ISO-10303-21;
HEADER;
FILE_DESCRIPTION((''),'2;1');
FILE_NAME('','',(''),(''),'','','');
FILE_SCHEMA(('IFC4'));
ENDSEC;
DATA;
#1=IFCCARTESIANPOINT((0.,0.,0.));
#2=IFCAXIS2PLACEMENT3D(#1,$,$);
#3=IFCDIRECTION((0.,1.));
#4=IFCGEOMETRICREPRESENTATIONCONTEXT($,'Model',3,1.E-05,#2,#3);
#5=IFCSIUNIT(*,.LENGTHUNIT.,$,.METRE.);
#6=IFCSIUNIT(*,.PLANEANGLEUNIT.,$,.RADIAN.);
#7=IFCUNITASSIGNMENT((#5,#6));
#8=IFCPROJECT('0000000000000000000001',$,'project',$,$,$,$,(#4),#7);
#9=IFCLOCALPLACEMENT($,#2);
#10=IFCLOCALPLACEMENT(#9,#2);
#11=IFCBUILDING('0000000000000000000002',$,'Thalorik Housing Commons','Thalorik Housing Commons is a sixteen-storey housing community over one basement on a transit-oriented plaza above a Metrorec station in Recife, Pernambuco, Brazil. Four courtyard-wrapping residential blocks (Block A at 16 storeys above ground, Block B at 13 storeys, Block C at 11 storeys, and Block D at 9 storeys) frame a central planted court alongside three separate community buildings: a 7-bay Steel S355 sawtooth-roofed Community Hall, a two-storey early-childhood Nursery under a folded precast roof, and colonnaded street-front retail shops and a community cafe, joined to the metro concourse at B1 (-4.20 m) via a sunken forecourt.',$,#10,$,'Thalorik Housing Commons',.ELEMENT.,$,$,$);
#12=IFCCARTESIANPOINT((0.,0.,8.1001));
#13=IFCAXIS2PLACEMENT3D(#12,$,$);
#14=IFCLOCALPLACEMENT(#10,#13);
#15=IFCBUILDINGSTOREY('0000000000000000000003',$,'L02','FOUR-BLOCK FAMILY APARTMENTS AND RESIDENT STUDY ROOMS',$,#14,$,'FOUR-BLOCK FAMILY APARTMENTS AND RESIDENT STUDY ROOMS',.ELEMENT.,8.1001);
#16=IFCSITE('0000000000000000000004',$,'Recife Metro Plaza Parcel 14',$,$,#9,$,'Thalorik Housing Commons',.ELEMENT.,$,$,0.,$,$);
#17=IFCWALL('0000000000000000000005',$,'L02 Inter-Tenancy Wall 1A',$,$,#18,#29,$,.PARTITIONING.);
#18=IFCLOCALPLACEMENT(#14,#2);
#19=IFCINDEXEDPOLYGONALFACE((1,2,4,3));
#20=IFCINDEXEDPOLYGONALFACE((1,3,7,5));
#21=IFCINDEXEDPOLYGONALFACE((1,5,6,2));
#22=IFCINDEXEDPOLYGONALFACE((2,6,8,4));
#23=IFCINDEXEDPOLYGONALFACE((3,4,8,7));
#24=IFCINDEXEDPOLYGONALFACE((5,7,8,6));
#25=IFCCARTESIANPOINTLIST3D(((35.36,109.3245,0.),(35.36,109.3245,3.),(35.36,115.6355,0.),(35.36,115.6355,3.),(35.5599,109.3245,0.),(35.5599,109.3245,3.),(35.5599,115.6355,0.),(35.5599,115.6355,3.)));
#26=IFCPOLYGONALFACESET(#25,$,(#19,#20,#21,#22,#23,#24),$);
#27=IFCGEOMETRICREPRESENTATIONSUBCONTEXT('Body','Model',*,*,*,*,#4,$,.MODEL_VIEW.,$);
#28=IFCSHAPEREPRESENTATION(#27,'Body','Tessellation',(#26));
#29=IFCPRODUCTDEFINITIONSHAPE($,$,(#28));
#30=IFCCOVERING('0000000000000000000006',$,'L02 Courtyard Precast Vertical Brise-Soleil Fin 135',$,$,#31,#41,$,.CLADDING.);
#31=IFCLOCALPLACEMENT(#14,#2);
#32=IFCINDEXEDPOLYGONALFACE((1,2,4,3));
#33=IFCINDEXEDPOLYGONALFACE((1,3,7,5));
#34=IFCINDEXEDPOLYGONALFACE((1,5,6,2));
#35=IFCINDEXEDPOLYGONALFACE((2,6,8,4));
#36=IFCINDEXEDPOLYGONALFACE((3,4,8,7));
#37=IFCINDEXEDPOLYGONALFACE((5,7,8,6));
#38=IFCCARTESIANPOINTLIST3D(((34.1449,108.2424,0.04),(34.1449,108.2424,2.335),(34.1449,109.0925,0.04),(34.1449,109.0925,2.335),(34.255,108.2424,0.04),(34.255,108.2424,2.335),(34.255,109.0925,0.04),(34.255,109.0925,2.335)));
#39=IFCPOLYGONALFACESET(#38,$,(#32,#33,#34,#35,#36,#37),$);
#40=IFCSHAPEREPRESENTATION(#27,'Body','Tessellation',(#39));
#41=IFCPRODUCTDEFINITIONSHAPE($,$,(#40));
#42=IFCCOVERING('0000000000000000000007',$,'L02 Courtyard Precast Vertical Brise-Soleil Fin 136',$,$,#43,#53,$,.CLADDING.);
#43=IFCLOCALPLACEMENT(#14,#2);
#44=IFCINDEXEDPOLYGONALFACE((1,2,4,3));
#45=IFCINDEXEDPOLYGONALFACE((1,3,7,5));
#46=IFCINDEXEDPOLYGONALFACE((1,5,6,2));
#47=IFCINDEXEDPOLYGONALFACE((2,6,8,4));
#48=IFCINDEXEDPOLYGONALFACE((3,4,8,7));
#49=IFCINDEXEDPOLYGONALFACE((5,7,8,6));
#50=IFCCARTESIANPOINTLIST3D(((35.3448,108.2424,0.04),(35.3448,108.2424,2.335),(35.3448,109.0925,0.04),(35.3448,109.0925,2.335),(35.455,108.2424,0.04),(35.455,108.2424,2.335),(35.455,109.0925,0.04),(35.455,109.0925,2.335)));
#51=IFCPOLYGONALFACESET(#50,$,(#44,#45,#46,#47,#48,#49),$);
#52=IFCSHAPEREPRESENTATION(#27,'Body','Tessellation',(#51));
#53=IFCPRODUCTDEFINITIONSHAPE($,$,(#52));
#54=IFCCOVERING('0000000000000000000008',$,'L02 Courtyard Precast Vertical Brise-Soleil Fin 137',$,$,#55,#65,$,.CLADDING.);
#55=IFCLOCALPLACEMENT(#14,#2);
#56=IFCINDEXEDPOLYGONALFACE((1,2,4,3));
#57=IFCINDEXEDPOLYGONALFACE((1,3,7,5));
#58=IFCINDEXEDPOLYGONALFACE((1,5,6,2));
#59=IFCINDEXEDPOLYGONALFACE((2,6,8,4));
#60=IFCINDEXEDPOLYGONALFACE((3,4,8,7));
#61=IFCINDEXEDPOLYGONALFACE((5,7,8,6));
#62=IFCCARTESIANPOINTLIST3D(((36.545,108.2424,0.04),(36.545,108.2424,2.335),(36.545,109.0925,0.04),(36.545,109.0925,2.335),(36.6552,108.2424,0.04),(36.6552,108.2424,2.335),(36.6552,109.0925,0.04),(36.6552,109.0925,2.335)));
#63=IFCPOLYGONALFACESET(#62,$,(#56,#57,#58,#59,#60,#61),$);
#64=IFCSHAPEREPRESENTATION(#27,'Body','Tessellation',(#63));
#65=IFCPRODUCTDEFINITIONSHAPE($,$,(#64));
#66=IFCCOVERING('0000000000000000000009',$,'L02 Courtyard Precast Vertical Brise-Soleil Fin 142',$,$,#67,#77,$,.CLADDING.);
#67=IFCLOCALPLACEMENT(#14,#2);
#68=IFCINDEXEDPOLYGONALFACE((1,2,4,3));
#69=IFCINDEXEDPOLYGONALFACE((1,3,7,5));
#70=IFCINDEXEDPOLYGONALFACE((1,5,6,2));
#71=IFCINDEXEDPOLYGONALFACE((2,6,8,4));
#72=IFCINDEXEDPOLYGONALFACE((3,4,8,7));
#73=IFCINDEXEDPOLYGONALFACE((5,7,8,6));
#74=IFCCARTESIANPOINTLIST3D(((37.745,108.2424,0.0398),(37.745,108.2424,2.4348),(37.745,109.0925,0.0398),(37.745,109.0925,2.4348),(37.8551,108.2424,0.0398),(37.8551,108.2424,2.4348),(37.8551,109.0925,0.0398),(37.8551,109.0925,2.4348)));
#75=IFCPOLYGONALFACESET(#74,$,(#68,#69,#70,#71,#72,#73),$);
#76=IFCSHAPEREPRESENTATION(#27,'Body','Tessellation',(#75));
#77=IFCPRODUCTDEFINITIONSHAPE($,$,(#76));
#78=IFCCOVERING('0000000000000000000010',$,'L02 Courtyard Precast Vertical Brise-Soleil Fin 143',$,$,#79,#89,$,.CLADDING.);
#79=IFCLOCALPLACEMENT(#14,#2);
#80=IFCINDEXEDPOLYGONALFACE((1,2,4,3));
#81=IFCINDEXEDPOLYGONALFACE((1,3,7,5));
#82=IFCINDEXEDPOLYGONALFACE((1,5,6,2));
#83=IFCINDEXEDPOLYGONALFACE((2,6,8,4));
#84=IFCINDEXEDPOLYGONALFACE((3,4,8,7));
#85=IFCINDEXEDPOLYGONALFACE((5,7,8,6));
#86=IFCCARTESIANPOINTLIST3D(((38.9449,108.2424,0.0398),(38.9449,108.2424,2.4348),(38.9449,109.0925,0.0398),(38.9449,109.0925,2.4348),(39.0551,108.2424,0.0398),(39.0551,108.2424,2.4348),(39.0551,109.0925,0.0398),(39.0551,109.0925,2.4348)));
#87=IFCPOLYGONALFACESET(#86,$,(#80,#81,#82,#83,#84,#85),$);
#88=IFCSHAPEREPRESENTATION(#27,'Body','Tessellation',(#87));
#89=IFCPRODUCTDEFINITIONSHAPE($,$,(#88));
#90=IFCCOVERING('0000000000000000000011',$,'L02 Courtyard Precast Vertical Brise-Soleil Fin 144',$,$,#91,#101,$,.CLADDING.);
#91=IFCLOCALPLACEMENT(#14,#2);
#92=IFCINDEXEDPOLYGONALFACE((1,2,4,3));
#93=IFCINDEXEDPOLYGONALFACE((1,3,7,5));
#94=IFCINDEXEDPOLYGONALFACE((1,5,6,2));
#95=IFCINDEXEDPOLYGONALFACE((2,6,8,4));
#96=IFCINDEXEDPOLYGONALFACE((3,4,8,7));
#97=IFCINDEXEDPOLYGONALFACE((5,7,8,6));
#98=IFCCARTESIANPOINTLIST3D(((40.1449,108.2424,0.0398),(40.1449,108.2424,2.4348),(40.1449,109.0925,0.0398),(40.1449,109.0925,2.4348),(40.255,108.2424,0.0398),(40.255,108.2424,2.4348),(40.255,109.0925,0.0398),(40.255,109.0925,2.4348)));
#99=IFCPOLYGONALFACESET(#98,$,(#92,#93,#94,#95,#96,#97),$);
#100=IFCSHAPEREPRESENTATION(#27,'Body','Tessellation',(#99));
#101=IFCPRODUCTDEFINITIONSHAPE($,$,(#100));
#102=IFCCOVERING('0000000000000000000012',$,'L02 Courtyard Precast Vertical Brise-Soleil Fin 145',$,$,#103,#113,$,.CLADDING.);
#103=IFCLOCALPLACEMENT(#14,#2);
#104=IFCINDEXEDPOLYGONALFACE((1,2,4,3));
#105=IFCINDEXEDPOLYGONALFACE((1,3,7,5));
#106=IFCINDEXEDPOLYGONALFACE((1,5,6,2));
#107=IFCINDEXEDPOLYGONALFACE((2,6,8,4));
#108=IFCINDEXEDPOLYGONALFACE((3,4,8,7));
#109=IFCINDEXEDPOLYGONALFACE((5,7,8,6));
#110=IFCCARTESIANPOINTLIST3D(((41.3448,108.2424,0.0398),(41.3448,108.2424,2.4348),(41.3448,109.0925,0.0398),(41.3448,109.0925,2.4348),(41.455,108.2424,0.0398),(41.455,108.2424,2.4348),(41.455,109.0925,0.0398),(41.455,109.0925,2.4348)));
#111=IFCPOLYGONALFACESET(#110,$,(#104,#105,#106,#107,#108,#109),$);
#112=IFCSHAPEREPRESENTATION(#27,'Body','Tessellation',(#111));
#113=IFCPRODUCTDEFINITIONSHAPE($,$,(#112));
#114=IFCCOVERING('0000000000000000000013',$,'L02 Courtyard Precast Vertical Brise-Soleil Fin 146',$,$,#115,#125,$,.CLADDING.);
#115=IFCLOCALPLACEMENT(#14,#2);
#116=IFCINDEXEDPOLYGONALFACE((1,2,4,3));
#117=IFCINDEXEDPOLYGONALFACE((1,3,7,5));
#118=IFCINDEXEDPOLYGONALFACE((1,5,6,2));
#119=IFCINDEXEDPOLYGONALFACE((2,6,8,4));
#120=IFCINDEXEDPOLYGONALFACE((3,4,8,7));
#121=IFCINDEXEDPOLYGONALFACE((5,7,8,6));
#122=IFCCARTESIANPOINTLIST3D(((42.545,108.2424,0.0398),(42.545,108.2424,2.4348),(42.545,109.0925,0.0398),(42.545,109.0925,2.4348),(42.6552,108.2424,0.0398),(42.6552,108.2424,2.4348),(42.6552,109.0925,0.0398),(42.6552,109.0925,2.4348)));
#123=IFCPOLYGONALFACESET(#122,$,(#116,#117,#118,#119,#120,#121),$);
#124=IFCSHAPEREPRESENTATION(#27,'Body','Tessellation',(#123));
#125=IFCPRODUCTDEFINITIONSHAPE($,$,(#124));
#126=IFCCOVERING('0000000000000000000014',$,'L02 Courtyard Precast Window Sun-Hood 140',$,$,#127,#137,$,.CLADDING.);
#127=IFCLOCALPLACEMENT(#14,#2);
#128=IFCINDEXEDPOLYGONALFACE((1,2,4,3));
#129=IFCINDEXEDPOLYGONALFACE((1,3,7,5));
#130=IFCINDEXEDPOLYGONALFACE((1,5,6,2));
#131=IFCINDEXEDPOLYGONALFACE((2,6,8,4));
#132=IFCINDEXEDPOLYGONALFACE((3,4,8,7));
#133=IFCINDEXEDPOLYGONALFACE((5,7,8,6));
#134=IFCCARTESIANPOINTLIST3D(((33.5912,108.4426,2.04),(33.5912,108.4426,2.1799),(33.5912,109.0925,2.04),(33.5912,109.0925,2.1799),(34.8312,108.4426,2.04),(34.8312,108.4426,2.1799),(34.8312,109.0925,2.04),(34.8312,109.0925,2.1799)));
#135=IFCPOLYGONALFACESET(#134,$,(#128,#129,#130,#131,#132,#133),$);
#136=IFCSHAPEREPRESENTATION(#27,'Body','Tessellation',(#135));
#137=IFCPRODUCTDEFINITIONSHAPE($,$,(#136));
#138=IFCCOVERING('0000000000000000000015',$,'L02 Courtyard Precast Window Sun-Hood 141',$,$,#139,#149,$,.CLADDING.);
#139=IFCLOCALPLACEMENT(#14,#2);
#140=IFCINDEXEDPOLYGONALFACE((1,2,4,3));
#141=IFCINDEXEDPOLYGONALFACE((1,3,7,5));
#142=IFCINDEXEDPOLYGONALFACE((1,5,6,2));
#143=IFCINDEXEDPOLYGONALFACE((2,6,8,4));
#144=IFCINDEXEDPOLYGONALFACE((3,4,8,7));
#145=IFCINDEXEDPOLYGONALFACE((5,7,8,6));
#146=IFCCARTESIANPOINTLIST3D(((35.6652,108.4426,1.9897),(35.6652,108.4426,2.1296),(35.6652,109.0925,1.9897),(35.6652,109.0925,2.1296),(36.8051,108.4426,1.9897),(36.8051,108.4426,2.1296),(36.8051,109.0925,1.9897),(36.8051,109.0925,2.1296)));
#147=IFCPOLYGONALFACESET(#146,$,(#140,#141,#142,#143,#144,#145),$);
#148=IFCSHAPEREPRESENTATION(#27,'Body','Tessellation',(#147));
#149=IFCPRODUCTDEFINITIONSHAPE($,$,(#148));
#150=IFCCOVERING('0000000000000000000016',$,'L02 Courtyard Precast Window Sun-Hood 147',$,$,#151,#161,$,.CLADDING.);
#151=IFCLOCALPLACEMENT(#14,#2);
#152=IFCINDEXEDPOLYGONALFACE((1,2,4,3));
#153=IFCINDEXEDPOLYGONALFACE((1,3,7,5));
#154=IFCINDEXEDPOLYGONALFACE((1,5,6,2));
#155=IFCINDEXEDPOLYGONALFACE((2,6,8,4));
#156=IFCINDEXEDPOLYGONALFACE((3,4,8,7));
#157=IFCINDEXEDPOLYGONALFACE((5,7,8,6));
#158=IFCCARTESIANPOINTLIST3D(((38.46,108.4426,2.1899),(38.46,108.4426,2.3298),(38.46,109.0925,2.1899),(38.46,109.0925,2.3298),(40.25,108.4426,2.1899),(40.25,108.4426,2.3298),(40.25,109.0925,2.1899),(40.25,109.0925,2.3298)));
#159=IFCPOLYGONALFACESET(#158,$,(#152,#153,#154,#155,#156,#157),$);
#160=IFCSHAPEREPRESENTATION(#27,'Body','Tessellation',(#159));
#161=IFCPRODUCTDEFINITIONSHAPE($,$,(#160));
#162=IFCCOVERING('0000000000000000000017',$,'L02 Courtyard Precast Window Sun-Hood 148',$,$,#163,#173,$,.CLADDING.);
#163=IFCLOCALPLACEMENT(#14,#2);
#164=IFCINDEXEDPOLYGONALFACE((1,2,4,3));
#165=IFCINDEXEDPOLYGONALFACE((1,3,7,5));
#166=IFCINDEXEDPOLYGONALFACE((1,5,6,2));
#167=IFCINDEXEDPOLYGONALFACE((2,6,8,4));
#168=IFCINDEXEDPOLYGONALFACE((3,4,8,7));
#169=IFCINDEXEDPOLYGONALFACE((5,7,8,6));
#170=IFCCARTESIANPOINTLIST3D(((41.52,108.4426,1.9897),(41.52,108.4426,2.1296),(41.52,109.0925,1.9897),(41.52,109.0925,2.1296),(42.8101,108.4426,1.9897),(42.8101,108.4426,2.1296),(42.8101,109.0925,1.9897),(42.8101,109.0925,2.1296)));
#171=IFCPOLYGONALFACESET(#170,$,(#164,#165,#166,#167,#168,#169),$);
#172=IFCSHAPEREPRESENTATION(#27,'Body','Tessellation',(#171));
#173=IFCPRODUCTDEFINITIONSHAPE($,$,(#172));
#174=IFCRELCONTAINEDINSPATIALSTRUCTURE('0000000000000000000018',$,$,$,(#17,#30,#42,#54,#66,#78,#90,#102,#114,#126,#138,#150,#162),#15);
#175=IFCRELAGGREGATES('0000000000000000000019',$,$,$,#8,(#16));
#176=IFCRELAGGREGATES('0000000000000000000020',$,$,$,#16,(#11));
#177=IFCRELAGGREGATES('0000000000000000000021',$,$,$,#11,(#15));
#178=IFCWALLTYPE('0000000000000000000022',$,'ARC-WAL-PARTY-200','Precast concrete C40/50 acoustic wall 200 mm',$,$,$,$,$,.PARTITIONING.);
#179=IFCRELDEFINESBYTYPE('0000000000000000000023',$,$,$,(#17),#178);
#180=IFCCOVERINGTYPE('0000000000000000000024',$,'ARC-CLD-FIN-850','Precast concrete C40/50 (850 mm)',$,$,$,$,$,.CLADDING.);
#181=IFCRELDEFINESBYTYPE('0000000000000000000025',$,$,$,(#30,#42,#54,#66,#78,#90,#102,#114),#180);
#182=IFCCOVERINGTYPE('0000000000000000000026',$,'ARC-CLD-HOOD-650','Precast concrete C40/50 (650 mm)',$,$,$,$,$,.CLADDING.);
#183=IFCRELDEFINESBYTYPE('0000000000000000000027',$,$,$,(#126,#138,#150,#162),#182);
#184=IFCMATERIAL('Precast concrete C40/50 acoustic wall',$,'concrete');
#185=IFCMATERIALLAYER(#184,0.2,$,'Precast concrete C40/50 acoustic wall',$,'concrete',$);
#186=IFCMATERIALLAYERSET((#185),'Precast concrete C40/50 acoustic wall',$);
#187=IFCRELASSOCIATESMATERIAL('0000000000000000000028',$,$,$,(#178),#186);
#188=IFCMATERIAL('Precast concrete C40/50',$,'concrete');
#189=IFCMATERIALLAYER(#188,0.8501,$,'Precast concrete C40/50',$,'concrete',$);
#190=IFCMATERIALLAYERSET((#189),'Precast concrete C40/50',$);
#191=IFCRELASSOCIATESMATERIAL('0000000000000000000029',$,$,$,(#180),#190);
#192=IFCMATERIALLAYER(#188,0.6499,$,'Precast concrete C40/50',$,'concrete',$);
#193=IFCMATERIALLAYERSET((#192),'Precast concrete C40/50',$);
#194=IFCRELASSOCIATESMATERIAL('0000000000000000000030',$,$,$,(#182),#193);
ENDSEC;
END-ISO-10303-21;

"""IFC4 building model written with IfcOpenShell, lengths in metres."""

from ifc_helpers import new_model, si_unit, direction, frame, frame_2d, origin, origin_2d, place, context, subcontext, project, spatial, rectangle, extrude, material, layer, layer_set, type_object, element, save


model = new_model("IFC4")

# Units and contexts
model_context = context("Model", 3, precision=1e-05, world=origin(), true_north=direction((0.0, 1.0)))
body_context = subcontext(model_context, "Body", "Model", "MODEL_VIEW")
ifc_project = project(units=[si_unit("LENGTHUNIT", "METRE"), si_unit("PLANEANGLEUNIT", "RADIAN")], contexts=[model_context])

# Site, building, storey
site_placement = place(None, origin())
site = spatial("IfcSite", under=ifc_project, at=site_placement, Name="Recife Metro Plaza Parcel 14", LongName="Thalorik Housing Commons", CompositionType="ELEMENT", RefElevation=0.0)
building_placement = place(site_placement, origin())
building = spatial("IfcBuilding", under=site, at=building_placement, Name="Thalorik Housing Commons", Description="Thalorik Housing Commons is a sixteen-storey housing community over one basement on a transit-oriented plaza above a Metrorec station in Recife, Pernambuco, Brazil. Four courtyard-wrapping residential blocks (Block A at 16 storeys above ground, Block B at 13 storeys, Block C at 11 storeys, and Block D at 9 storeys) frame a central planted court alongside three separate community buildings: a 7-bay Steel S355 sawtooth-roofed Community Hall, a two-storey early-childhood Nursery under a folded precast roof, and colonnaded street-front retail shops and a community cafe, joined to the metro concourse at B1 (-4.20 m) via a sunken forecourt.", LongName="Thalorik Housing Commons", CompositionType="ELEMENT")
storey_placement = place(building_placement, frame((0.0, 0.0, 8.1001)))
storey = spatial("IfcBuildingStorey", under=building, at=storey_placement, Name="L02", Description="FOUR-BLOCK FAMILY APARTMENTS AND RESIDENT STUDY ROOMS", LongName="FOUR-BLOCK FAMILY APARTMENTS AND RESIDENT STUDY ROOMS", CompositionType="ELEMENT", Elevation=8.1001)

# Shared definitions
ifc_material_1 = material(Name="Precast concrete C40/50", Category="concrete")

# Wall
ifc_material_2 = material(Name="Precast concrete C40/50 acoustic wall", Category="concrete")
ifc_layer_1 = layer(ifc_material_2, 0.2, Name="Precast concrete C40/50 acoustic wall", Category="concrete")
ifc_layer_set_1 = layer_set([ifc_layer_1], Name="Precast concrete C40/50 acoustic wall")
wall_type_1 = type_object("IfcWallType", Name="ARC-WAL-PARTY-200", Description="Precast concrete C40/50 acoustic wall 200 mm", PredefinedType="PARTITIONING", material=ifc_layer_set_1)
wall_1_placement = place(storey_placement, frame((35.46, 109.3245, 0.0), z_axis=(0.0, 0.0, 1.0), x_axis=(0.0, 1.0, 0.0)))
element("IfcWall", 1, at=wall_1_placement, inside=storey, type_object=wall_type_1, Name="L02 Inter-Tenancy Wall 1A", PredefinedType="PARTITIONING", context=body_context, shape_type="SweptSolid", body=[
    extrude(rectangle(XDim=6.311, YDim=0.2, at=frame_2d((3.1555, 0.0))), origin(), (0.0, 0.0, 1.0), 3.0),
])

# Coverings
ifc_layer_2 = layer(ifc_material_1, 0.8501, Name="Precast concrete C40/50", Category="concrete")
ifc_layer_set_2 = layer_set([ifc_layer_2], Name="Precast concrete C40/50")
covering_type_1 = type_object("IfcCoveringType", Name="ARC-CLD-FIN-850", Description="Precast concrete C40/50 (850 mm)", PredefinedType="CLADDING", material=ifc_layer_set_2)
for number, where, z_axis, x_axis, name in (
    (2, (34.2, 108.6675, 0.04), (0.0, 0.0, 1.0), (1.0, 0.0, 0.0), "L02 Courtyard Precast Vertical Brise-Soleil Fin 135"),
    (3, (35.3999, 108.6675, 0.04), (0.0, 0.0, 1.0), (1.0, 0.0, 0.0), "L02 Courtyard Precast Vertical Brise-Soleil Fin 136"),
    (4, (36.6001, 108.6675, 0.04), (0.0, 0.0, 1.0), (1.0, 0.0, 0.0), "L02 Courtyard Precast Vertical Brise-Soleil Fin 137"),
):
    element("IfcCovering", number, at=place(storey_placement, frame(where, z_axis=z_axis, x_axis=x_axis)), inside=storey, type_object=covering_type_1, Name=name, PredefinedType="CLADDING", context=body_context, shape_type="SweptSolid", body=[
        extrude(rectangle(XDim=0.1101, YDim=0.8501, at=origin_2d()), origin(), (0.0, 0.0, 1.0), 2.2949),
    ])
for number, where, z_axis, x_axis, name in (
    (5, (37.8, 108.6675, 0.0398), (0.0, 0.0, 1.0), (1.0, 0.0, 0.0), "L02 Courtyard Precast Vertical Brise-Soleil Fin 142"),
    (6, (39.0, 108.6675, 0.0398), (0.0, 0.0, 1.0), (1.0, 0.0, 0.0), "L02 Courtyard Precast Vertical Brise-Soleil Fin 143"),
    (7, (40.2, 108.6675, 0.0398), (0.0, 0.0, 1.0), (1.0, 0.0, 0.0), "L02 Courtyard Precast Vertical Brise-Soleil Fin 144"),
    (8, (41.3999, 108.6675, 0.0398), (0.0, 0.0, 1.0), (1.0, 0.0, 0.0), "L02 Courtyard Precast Vertical Brise-Soleil Fin 145"),
    (9, (42.6001, 108.6675, 0.0398), (0.0, 0.0, 1.0), (1.0, 0.0, 0.0), "L02 Courtyard Precast Vertical Brise-Soleil Fin 146"),
):
    element("IfcCovering", number, at=place(storey_placement, frame(where, z_axis=z_axis, x_axis=x_axis)), inside=storey, type_object=covering_type_1, Name=name, PredefinedType="CLADDING", context=body_context, shape_type="SweptSolid", body=[
        extrude(rectangle(XDim=0.1101, YDim=0.8501, at=origin_2d()), origin(), (0.0, 0.0, 1.0), 2.395),
    ])
ifc_layer_3 = layer(ifc_material_1, 0.6499, Name="Precast concrete C40/50", Category="concrete")
ifc_layer_set_3 = layer_set([ifc_layer_3], Name="Precast concrete C40/50")
covering_type_2 = type_object("IfcCoveringType", Name="ARC-CLD-HOOD-650", Description="Precast concrete C40/50 (650 mm)", PredefinedType="CLADDING", material=ifc_layer_set_3)
covering_1_placement = place(storey_placement, frame((34.2112, 108.7676, 2.04), z_axis=(0.0, 0.0, 1.0), x_axis=(1.0, 0.0, 0.0)))
element("IfcCovering", 10, at=covering_1_placement, inside=storey, type_object=covering_type_2, Name="L02 Courtyard Precast Window Sun-Hood 140", PredefinedType="CLADDING", context=body_context, shape_type="SweptSolid", body=[
    extrude(rectangle(XDim=1.24, YDim=0.6499, at=origin_2d()), origin(), (0.0, 0.0, 1.0), 0.1399),
])
covering_2_placement = place(storey_placement, frame((36.2351, 108.7676, 1.9897), z_axis=(0.0, 0.0, 1.0), x_axis=(1.0, 0.0, 0.0)))
element("IfcCovering", 11, at=covering_2_placement, inside=storey, type_object=covering_type_2, Name="L02 Courtyard Precast Window Sun-Hood 141", PredefinedType="CLADDING", context=body_context, shape_type="SweptSolid", body=[
    extrude(rectangle(XDim=1.1399, YDim=0.6499, at=origin_2d()), origin(), (0.0, 0.0, 1.0), 0.1399),
])
covering_3_placement = place(storey_placement, frame((39.355, 108.7676, 2.1899), z_axis=(0.0, 0.0, 1.0), x_axis=(1.0, 0.0, 0.0)))
element("IfcCovering", 12, at=covering_3_placement, inside=storey, type_object=covering_type_2, Name="L02 Courtyard Precast Window Sun-Hood 147", PredefinedType="CLADDING", context=body_context, shape_type="SweptSolid", body=[
    extrude(rectangle(XDim=1.79, YDim=0.6499, at=origin_2d()), origin(), (0.0, 0.0, 1.0), 0.1399),
])
covering_4_placement = place(storey_placement, frame((42.165, 108.7676, 1.9897), z_axis=(0.0, 0.0, 1.0), x_axis=(1.0, 0.0, 0.0)))
element("IfcCovering", 13, at=covering_4_placement, inside=storey, type_object=covering_type_2, Name="L02 Courtyard Precast Window Sun-Hood 148", PredefinedType="CLADDING", context=body_context, shape_type="SweptSolid", body=[
    extrude(rectangle(XDim=1.29, YDim=0.6499, at=origin_2d()), origin(), (0.0, 0.0, 1.0), 0.1399),
])

save(model, "model.ifc")
